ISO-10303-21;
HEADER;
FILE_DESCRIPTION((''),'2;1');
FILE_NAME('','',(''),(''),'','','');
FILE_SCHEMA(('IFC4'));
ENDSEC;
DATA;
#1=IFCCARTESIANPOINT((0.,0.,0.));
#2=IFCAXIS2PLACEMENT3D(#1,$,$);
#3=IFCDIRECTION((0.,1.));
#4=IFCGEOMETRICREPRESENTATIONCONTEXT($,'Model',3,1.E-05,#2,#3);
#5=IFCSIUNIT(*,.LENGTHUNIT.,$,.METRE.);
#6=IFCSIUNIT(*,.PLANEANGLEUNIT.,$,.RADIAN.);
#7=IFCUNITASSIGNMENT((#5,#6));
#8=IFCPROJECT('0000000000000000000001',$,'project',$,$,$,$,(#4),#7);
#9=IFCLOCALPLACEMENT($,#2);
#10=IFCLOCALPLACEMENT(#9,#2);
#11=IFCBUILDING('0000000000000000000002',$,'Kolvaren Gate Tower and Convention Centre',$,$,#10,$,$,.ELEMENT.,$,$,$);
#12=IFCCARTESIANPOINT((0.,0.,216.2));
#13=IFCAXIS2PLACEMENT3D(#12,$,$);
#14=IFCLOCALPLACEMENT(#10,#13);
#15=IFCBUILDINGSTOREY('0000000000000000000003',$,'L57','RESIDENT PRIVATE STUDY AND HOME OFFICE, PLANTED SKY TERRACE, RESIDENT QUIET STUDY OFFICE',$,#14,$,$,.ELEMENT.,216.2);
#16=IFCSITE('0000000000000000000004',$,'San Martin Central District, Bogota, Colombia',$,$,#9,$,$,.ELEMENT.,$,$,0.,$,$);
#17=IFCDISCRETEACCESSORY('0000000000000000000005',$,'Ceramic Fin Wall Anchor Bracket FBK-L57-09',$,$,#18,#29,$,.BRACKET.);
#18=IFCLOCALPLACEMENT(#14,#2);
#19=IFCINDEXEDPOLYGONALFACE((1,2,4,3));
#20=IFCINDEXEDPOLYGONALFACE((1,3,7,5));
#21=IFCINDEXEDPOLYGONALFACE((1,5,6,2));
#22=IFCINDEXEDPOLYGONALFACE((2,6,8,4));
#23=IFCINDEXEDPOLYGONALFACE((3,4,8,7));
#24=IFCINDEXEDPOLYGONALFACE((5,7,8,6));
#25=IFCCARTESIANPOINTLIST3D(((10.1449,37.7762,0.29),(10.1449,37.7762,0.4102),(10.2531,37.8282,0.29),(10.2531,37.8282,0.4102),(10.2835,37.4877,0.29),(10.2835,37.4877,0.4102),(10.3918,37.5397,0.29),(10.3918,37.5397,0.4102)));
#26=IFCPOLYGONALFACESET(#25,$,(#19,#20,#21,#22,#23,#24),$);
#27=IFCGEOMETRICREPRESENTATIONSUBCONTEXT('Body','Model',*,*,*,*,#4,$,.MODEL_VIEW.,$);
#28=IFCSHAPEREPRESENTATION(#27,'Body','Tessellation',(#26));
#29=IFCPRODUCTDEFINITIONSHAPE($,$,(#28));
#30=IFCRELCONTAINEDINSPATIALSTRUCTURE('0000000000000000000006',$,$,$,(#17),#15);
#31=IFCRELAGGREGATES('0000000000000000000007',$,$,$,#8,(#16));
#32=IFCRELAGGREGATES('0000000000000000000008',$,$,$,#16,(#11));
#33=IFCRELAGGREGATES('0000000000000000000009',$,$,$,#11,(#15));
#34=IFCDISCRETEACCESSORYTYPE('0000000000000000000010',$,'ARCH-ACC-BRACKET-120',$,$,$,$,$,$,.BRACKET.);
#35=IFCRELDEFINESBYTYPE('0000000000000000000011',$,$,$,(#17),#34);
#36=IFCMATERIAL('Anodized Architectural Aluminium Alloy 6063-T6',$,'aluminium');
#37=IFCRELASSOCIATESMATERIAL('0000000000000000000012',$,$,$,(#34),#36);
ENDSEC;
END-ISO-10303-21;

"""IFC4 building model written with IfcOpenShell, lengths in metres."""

from ifc_helpers import new_model, si_unit, direction, frame, origin, origin_2d, place, context, subcontext, project, spatial, rectangle, extrude, material, type_object, element, save


model = new_model("IFC4")

# Units and contexts
model_context = context("Model", 3, precision=1e-05, world=origin(), true_north=direction((0.0, 1.0)))
body_context = subcontext(model_context, "Body", "Model", "MODEL_VIEW")
ifc_project = project(units=[si_unit("LENGTHUNIT", "METRE"), si_unit("PLANEANGLEUNIT", "RADIAN")], contexts=[model_context])

# Site, building, storey
site_placement = place(None, origin())
site = spatial("IfcSite", under=ifc_project, at=site_placement, Name="San Martin Central District, Bogota, Colombia", CompositionType="ELEMENT", RefElevation=0.0)
building_placement = place(site_placement, origin())
building = spatial("IfcBuilding", under=site, at=building_placement, Name="Kolvaren Gate Tower and Convention Centre", CompositionType="ELEMENT")
storey_placement = place(building_placement, frame((0.0, 0.0, 216.2)))
storey = spatial("IfcBuildingStorey", under=building, at=storey_placement, Name="L57", Description="RESIDENT PRIVATE STUDY AND HOME OFFICE, PLANTED SKY TERRACE, RESIDENT QUIET STUDY OFFICE", CompositionType="ELEMENT", Elevation=216.2)

# Discrete accessory
ifc_material_1 = material(Name="Anodized Architectural Aluminium Alloy 6063-T6", Category="aluminium")
discrete_accessory_type = type_object("IfcDiscreteAccessoryType", Name="ARCH-ACC-BRACKET-120", PredefinedType="BRACKET", material=ifc_material_1)
discrete_accessory_placement = place(storey_placement, frame((10.2683, 37.658, 0.29), z_axis=(0.0, 0.0, 1.0), x_axis=(0.901359, 0.433072, 0.0)))
element("IfcDiscreteAccessory", 1, at=discrete_accessory_placement, inside=storey, type_object=discrete_accessory_type, Name="Ceramic Fin Wall Anchor Bracket FBK-L57-09", PredefinedType="BRACKET", context=body_context, shape_type="SweptSolid", body=[
    extrude(rectangle(XDim=0.1201, YDim=0.3201, at=origin_2d()), origin(), (0.0, 0.0, 1.0), 0.1201),
])

save(model, "model.ifc")
